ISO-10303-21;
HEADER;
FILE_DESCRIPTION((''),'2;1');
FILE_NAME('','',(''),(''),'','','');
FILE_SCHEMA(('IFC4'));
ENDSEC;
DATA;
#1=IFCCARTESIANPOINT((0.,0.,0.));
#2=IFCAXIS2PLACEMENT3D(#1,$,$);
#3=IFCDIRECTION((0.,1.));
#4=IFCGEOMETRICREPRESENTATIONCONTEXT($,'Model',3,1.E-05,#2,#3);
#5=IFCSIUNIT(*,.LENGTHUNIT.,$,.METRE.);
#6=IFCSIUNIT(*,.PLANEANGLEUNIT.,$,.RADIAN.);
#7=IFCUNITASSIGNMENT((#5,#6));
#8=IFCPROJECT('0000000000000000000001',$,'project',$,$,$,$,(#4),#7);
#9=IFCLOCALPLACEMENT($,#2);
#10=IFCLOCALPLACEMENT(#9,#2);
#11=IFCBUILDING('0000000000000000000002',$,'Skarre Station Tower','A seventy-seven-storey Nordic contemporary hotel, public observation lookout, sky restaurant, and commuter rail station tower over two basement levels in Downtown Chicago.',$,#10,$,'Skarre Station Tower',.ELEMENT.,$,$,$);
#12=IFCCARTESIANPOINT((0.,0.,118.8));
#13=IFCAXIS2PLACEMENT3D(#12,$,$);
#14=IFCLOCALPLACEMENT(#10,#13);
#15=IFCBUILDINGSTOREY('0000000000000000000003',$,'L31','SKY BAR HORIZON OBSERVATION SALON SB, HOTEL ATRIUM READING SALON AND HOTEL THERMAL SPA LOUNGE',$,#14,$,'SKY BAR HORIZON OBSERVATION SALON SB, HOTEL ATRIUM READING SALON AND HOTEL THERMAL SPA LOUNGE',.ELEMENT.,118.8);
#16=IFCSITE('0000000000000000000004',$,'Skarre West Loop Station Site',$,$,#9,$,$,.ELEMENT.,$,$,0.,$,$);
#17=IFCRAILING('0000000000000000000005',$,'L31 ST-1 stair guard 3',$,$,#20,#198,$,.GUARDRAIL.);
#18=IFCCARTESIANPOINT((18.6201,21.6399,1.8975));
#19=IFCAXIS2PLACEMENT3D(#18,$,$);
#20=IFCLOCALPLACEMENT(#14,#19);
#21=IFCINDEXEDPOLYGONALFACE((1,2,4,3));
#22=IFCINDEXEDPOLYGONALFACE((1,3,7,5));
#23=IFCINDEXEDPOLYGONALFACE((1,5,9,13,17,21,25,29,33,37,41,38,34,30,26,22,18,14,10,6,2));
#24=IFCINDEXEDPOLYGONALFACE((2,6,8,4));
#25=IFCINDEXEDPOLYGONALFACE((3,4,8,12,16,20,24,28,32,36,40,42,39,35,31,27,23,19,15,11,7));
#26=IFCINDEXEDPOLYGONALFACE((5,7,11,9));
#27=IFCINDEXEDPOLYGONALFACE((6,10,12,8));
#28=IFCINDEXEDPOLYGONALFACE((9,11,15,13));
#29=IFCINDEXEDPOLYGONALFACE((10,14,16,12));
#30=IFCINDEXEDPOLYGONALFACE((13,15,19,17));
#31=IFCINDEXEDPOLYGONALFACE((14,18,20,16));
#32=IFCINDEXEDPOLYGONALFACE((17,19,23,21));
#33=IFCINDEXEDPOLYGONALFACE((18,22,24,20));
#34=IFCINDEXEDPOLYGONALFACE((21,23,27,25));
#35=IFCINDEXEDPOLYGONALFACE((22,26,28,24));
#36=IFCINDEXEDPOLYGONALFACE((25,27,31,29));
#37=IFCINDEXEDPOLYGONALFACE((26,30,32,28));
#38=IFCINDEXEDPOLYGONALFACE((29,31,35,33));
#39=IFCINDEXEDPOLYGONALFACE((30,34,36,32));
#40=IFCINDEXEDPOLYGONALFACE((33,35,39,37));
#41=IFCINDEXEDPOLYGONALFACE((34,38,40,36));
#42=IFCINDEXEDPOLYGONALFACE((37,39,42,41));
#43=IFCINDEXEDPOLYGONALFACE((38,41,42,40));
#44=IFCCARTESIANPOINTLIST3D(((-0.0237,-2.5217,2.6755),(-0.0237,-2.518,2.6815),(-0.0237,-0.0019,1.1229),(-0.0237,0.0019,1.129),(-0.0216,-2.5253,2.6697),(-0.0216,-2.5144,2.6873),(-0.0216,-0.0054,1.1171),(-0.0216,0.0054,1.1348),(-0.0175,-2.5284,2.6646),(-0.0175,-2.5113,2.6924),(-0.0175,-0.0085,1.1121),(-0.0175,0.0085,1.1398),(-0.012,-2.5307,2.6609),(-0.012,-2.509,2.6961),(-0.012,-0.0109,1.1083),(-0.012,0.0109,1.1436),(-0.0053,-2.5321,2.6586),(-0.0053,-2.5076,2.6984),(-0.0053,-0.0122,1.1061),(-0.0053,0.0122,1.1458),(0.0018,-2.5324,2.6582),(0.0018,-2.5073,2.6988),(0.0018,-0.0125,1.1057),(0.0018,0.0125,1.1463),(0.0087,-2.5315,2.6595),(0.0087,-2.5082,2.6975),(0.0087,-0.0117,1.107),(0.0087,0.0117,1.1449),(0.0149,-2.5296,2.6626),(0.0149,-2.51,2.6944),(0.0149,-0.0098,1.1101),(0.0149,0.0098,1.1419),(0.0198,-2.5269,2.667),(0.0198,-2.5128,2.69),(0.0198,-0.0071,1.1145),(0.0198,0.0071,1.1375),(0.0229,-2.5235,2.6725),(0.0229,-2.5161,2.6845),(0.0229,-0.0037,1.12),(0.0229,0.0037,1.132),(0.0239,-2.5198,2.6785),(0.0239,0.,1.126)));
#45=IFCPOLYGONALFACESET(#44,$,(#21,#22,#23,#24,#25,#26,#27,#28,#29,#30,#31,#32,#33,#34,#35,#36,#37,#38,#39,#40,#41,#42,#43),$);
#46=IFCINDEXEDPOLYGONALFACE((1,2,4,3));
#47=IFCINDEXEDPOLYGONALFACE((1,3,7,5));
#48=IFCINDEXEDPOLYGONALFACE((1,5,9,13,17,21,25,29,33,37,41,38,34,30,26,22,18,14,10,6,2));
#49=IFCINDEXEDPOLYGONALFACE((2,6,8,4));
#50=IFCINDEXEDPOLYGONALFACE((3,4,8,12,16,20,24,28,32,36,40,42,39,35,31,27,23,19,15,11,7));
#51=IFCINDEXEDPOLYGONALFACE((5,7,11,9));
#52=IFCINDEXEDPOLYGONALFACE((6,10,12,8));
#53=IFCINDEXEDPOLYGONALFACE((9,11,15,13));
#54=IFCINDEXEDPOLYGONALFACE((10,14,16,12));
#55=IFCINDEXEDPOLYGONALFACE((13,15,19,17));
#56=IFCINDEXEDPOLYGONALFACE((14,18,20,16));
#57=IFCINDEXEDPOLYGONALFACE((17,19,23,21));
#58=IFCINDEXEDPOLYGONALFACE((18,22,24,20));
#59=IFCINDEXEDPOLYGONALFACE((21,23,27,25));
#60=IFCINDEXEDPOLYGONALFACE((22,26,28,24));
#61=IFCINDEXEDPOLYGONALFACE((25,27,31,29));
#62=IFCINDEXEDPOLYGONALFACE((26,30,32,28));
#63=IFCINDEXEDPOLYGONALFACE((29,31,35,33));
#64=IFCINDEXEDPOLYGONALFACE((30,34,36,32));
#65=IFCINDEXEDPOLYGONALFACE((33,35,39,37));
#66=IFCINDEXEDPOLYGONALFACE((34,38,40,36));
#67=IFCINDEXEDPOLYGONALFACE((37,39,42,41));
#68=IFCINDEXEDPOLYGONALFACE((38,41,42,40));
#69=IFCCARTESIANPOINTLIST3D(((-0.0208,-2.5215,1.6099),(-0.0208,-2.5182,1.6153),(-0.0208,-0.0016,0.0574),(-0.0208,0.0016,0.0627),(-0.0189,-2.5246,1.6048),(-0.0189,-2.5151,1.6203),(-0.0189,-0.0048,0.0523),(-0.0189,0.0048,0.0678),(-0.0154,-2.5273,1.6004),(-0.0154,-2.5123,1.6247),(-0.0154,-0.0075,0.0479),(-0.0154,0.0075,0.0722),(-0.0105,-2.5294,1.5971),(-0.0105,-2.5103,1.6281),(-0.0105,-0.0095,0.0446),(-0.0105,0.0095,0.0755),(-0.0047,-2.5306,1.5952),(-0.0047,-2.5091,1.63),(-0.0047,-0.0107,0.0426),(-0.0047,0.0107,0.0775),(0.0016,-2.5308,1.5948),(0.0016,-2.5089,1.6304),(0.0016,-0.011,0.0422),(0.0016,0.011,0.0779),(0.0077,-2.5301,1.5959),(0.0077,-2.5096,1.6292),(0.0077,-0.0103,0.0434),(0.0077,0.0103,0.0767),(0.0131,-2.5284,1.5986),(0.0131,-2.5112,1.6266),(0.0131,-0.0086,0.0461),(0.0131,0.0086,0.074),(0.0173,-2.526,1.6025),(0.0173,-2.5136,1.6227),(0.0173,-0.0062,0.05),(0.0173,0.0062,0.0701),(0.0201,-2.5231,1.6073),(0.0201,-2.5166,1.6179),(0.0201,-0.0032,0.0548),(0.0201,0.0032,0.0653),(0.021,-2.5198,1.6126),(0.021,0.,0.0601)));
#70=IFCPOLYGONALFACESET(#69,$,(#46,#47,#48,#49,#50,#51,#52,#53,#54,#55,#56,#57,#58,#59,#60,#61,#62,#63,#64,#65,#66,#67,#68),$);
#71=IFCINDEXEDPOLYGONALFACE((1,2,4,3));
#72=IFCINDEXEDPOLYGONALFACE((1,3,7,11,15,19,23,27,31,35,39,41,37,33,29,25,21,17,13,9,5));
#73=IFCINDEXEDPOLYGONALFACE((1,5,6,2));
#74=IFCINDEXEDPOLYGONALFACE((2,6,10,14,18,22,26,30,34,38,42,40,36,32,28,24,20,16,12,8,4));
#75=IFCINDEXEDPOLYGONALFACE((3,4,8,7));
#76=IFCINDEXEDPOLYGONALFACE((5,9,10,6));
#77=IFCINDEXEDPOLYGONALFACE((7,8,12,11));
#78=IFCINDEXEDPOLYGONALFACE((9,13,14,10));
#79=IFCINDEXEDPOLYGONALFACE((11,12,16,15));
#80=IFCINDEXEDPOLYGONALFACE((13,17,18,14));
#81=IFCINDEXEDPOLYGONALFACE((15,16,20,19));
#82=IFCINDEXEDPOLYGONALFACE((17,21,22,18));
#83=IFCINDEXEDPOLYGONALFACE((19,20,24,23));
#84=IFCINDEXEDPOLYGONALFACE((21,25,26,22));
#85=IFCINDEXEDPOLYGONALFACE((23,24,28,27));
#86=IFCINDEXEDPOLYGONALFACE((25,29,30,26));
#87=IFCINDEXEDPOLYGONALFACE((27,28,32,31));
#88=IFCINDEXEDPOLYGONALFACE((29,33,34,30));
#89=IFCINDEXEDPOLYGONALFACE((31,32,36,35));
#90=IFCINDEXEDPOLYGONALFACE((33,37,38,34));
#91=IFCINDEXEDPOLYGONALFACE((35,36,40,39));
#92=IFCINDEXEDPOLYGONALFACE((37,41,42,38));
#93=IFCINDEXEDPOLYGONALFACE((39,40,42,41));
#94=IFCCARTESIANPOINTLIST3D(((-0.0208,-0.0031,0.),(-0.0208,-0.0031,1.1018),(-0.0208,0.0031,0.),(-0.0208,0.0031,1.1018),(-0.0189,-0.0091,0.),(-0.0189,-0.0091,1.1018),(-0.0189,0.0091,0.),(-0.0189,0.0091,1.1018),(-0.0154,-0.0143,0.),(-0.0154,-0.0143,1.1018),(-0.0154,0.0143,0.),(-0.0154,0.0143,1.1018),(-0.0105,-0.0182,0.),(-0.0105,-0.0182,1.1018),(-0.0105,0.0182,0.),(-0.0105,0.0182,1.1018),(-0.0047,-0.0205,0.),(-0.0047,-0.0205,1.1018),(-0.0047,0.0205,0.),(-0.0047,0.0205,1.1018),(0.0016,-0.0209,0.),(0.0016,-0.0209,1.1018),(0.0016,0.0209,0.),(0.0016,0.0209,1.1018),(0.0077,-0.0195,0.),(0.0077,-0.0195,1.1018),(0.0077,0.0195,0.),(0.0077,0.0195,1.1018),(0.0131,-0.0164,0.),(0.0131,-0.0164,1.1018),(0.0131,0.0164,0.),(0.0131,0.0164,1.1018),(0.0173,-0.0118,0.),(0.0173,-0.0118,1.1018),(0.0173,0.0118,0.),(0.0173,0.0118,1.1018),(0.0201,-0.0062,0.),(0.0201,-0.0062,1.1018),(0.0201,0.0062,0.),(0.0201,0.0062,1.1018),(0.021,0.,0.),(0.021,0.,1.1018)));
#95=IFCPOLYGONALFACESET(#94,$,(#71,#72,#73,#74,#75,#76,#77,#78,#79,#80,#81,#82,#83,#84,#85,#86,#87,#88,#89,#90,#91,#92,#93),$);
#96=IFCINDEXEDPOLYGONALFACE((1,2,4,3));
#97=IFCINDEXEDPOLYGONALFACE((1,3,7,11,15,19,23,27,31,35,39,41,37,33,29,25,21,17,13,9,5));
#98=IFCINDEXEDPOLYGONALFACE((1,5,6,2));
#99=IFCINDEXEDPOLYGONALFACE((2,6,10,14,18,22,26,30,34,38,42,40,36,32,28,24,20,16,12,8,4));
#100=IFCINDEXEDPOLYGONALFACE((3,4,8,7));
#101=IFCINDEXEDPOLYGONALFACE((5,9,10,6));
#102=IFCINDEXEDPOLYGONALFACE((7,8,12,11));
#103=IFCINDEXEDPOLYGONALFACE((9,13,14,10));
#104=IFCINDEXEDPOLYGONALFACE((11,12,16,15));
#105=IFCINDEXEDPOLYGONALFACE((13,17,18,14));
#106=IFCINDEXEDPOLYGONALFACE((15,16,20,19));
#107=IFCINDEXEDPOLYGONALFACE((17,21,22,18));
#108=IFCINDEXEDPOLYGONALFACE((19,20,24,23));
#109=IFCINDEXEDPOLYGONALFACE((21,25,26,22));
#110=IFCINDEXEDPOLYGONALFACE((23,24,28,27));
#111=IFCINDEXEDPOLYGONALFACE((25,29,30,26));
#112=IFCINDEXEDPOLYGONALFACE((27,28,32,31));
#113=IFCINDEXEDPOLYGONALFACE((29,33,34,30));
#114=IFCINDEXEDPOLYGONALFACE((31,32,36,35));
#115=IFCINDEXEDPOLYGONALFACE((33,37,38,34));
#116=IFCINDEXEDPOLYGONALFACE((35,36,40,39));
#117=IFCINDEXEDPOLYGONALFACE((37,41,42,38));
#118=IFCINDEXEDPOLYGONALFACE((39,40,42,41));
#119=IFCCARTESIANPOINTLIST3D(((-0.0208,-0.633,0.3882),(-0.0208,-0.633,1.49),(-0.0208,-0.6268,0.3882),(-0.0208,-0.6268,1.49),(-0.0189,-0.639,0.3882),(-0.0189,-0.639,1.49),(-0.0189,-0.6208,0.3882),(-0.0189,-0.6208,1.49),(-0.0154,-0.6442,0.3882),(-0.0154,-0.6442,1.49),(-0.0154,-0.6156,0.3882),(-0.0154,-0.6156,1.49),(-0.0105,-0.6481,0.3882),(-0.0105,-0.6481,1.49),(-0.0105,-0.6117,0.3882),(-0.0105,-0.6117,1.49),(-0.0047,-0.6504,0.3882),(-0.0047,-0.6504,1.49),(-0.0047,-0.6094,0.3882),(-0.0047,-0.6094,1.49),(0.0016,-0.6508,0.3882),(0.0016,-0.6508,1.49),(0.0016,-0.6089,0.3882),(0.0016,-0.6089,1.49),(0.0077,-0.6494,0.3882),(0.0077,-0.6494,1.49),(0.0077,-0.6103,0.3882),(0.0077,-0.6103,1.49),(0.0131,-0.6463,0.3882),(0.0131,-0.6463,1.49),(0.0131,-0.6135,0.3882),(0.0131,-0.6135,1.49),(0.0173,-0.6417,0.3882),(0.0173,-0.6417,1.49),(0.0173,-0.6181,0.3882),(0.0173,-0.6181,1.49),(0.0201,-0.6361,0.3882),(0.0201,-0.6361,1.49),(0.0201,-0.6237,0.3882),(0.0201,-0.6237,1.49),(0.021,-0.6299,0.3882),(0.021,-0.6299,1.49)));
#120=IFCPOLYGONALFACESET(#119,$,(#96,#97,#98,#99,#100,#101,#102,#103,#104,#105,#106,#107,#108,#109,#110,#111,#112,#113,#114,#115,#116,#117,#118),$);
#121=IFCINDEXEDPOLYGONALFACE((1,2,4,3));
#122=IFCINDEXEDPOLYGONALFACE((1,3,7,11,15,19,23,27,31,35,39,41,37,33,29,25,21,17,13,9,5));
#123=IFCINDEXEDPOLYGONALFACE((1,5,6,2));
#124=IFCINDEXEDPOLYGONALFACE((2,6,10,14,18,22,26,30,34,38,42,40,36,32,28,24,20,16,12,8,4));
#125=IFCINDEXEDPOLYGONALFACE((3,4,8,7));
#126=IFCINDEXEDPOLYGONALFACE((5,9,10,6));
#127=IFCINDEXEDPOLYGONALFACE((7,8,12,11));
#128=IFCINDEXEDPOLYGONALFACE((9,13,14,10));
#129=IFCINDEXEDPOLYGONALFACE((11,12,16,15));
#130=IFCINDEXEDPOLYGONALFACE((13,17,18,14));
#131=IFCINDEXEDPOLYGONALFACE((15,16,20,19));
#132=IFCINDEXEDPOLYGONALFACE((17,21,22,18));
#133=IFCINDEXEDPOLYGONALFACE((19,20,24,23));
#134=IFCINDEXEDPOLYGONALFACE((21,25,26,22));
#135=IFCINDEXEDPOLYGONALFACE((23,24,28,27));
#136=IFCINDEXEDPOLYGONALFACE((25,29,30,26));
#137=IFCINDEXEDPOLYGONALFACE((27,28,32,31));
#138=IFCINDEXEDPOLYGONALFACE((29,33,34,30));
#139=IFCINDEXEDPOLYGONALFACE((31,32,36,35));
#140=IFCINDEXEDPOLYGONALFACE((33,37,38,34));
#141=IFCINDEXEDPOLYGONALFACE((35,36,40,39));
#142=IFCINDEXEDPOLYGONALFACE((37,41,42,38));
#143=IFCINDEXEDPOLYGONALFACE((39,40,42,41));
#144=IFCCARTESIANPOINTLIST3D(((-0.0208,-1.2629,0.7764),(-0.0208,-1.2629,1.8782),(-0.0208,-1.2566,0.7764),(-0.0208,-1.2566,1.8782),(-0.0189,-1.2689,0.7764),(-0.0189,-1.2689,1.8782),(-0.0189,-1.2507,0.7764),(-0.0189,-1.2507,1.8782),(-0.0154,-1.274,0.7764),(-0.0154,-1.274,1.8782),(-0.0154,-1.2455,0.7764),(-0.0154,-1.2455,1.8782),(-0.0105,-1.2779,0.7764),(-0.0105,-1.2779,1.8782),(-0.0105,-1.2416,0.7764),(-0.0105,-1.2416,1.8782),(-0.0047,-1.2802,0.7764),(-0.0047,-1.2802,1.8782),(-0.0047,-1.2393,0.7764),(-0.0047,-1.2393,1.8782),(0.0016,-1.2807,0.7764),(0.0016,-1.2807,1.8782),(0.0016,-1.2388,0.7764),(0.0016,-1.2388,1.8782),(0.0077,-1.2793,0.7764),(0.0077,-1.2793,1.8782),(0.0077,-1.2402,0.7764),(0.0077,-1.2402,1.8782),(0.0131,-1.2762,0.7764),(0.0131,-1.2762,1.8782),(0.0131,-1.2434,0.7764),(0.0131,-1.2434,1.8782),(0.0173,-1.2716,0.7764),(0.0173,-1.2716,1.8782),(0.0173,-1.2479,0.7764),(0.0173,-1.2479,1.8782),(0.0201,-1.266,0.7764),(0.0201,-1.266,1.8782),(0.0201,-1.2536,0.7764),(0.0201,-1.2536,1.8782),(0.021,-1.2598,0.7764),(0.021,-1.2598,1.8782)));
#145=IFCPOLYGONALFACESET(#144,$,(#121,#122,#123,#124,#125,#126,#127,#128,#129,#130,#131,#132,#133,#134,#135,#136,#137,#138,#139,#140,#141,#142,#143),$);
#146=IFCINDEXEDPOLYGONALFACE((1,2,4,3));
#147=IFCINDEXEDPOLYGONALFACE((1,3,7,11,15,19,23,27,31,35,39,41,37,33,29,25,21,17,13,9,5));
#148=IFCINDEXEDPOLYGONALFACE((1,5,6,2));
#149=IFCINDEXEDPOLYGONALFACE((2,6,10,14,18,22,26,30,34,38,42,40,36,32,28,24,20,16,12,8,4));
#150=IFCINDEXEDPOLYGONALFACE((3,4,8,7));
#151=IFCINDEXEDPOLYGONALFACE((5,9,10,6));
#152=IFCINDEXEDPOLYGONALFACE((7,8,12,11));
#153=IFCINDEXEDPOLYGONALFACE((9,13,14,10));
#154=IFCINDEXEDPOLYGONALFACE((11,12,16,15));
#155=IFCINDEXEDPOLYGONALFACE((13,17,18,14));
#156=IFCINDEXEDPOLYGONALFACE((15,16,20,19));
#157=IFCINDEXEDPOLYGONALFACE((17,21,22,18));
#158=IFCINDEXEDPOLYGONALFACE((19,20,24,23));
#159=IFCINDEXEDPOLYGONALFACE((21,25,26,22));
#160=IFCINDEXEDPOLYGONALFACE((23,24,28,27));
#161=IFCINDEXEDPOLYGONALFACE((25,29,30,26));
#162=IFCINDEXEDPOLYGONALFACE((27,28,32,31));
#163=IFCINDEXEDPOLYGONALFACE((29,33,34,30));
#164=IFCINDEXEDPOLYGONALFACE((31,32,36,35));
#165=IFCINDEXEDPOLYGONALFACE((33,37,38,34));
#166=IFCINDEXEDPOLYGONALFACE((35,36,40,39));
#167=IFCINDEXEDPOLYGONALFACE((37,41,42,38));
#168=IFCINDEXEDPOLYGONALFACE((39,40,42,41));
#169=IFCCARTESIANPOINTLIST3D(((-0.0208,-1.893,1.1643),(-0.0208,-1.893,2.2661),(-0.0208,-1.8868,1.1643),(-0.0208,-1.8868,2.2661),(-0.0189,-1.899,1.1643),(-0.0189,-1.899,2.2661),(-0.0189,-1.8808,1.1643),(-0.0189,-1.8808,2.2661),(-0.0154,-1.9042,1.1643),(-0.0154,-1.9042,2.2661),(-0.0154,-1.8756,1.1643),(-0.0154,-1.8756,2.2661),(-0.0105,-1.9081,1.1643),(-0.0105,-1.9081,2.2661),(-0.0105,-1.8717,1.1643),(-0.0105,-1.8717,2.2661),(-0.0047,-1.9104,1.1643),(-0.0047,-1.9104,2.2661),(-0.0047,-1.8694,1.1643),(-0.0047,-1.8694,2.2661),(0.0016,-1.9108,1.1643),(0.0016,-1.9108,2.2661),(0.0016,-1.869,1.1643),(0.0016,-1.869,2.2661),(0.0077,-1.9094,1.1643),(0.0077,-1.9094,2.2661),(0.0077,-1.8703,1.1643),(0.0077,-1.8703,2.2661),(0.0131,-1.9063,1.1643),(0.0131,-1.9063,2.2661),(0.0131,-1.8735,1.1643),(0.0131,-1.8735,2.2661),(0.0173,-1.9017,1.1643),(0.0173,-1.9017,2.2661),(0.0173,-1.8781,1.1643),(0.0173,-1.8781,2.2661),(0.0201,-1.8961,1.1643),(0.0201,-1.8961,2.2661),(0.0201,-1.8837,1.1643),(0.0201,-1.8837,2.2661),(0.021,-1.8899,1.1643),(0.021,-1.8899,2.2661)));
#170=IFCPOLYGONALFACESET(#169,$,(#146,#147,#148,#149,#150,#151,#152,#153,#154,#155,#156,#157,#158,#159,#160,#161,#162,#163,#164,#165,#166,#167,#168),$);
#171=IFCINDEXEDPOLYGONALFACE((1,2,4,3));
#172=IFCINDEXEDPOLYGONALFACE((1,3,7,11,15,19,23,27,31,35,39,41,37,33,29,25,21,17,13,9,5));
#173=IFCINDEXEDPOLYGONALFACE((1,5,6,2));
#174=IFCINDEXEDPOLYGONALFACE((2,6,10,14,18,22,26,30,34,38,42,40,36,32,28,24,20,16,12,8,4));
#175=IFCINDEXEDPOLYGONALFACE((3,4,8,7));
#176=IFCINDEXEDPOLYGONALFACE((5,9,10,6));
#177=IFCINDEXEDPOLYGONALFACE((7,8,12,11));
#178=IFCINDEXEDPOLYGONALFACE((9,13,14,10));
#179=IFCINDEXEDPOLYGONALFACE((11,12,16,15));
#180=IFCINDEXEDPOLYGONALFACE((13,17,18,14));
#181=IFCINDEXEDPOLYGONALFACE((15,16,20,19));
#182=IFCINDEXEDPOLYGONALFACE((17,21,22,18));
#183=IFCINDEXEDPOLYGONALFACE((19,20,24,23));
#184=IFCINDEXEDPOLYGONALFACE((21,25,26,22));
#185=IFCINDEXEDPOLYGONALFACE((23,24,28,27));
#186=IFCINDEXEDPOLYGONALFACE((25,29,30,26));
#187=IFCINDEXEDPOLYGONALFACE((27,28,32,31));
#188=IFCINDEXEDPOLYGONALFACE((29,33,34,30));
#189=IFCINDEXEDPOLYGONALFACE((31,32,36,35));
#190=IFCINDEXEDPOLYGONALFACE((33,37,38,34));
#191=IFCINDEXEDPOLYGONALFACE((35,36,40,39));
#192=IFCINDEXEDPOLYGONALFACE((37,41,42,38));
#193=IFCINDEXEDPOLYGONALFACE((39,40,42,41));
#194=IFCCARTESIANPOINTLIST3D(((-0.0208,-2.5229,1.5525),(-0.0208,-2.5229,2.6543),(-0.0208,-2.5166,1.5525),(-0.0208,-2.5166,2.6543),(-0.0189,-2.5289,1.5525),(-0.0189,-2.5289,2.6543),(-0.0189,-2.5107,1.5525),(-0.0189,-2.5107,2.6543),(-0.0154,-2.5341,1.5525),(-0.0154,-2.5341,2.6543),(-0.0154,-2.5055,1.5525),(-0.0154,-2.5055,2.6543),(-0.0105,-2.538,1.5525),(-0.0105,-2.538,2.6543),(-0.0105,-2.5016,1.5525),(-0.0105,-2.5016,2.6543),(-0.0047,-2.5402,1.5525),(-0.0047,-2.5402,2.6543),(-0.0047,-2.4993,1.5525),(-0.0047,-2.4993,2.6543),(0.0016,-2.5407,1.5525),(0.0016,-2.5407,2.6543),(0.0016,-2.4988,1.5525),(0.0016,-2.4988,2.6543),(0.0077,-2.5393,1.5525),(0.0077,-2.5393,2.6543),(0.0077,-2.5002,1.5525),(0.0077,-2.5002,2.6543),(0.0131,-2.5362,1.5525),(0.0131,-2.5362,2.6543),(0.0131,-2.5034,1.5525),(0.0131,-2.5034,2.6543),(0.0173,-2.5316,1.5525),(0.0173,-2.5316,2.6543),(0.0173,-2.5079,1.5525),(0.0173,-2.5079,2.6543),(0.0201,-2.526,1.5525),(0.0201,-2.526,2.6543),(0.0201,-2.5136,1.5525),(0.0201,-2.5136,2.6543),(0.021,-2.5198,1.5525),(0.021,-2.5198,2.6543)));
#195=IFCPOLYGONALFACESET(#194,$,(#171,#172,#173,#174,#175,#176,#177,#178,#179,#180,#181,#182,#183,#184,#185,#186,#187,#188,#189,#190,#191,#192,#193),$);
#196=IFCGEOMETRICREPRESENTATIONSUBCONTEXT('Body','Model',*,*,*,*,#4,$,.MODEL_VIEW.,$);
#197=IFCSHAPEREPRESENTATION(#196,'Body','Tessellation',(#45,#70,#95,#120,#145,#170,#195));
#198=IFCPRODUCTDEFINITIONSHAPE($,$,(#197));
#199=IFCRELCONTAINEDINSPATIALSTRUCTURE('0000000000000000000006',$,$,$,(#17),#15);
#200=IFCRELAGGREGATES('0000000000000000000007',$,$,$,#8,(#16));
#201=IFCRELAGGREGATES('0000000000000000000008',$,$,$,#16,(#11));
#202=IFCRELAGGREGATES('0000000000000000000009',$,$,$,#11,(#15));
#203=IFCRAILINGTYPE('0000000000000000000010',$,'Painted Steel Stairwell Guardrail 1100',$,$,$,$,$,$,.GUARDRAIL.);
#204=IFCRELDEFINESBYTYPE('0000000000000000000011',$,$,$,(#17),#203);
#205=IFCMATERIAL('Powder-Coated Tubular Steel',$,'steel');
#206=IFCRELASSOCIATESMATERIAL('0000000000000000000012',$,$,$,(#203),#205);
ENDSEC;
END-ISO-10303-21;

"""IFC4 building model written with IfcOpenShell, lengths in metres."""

from ifc_helpers import new_model, si_unit, direction, frame, origin, origin_2d, place, context, subcontext, project, spatial, circle, extrude, material, type_object, element, save


model = new_model("IFC4")

# Units and contexts
model_context = context("Model", 3, precision=1e-05, world=origin(), true_north=direction((0.0, 1.0)))
body_context = subcontext(model_context, "Body", "Model", "MODEL_VIEW")
ifc_project = project(units=[si_unit("LENGTHUNIT", "METRE"), si_unit("PLANEANGLEUNIT", "RADIAN")], contexts=[model_context])

# Site, building, storey
site_placement = place(None, origin())
site = spatial("IfcSite", under=ifc_project, at=site_placement, Name="Skarre West Loop Station Site", CompositionType="ELEMENT", RefElevation=0.0)
building_placement = place(site_placement, origin())
building = spatial("IfcBuilding", under=site, at=building_placement, Name="Skarre Station Tower", Description="A seventy-seven-storey Nordic contemporary hotel, public observation lookout, sky restaurant, and commuter rail station tower over two basement levels in Downtown Chicago.", LongName="Skarre Station Tower", CompositionType="ELEMENT")
storey_placement = place(building_placement, frame((0.0, 0.0, 118.8)))
storey = spatial("IfcBuildingStorey", under=building, at=storey_placement, Name="L31", Description="SKY BAR HORIZON OBSERVATION SALON SB, HOTEL ATRIUM READING SALON AND HOTEL THERMAL SPA LOUNGE", LongName="SKY BAR HORIZON OBSERVATION SALON SB, HOTEL ATRIUM READING SALON AND HOTEL THERMAL SPA LOUNGE", CompositionType="ELEMENT", Elevation=118.8)

# Railing
ifc_material_1 = material(Name="Powder-Coated Tubular Steel", Category="steel")
railing_type_1 = type_object("IfcRailingType", Name="Painted Steel Stairwell Guardrail 1100", PredefinedType="GUARDRAIL", material=ifc_material_1)
railing_1_placement = place(storey_placement, frame((18.6201, 21.6399, 1.8975)))
element("IfcRailing", 1, at=railing_1_placement, inside=storey, type_object=railing_type_1, Name="L31 ST-1 stair guard 3", PredefinedType="GUARDRAIL", context=body_context, shape_type="SweptSolid", body=[
    extrude(circle(Radius=0.0239, at=origin_2d()), frame((0.0, 0.0, 1.126), z_axis=(0.0, -0.851378, 0.524553), x_axis=(1.0, 0.0, 0.0)), (0.0, 0.0, 1.0), 2.9597),
    extrude(circle(Radius=0.021, at=origin_2d()), frame((0.0, 0.0, 0.0601), z_axis=(0.0, -0.851378, 0.524553), x_axis=(1.0, 0.0, 0.0)), (0.0, 0.0, 1.0), 2.9597),
    extrude(circle(Radius=0.021, at=origin_2d()), origin(), (0.0, 0.0, 1.0), 1.1018),
    extrude(circle(Radius=0.021, at=origin_2d()), frame((0.0, -0.6299, 0.3882)), (0.0, 0.0, 1.0), 1.1018),
    extrude(circle(Radius=0.021, at=origin_2d()), frame((0.0, -1.2598, 0.7764)), (0.0, 0.0, 1.0), 1.1018),
    extrude(circle(Radius=0.021, at=origin_2d()), frame((0.0, -1.8899, 1.1643)), (0.0, 0.0, 1.0), 1.1018),
    extrude(circle(Radius=0.021, at=origin_2d()), frame((0.0, -2.5198, 1.5525)), (0.0, 0.0, 1.0), 1.1018),
])

save(model, "model.ifc")
